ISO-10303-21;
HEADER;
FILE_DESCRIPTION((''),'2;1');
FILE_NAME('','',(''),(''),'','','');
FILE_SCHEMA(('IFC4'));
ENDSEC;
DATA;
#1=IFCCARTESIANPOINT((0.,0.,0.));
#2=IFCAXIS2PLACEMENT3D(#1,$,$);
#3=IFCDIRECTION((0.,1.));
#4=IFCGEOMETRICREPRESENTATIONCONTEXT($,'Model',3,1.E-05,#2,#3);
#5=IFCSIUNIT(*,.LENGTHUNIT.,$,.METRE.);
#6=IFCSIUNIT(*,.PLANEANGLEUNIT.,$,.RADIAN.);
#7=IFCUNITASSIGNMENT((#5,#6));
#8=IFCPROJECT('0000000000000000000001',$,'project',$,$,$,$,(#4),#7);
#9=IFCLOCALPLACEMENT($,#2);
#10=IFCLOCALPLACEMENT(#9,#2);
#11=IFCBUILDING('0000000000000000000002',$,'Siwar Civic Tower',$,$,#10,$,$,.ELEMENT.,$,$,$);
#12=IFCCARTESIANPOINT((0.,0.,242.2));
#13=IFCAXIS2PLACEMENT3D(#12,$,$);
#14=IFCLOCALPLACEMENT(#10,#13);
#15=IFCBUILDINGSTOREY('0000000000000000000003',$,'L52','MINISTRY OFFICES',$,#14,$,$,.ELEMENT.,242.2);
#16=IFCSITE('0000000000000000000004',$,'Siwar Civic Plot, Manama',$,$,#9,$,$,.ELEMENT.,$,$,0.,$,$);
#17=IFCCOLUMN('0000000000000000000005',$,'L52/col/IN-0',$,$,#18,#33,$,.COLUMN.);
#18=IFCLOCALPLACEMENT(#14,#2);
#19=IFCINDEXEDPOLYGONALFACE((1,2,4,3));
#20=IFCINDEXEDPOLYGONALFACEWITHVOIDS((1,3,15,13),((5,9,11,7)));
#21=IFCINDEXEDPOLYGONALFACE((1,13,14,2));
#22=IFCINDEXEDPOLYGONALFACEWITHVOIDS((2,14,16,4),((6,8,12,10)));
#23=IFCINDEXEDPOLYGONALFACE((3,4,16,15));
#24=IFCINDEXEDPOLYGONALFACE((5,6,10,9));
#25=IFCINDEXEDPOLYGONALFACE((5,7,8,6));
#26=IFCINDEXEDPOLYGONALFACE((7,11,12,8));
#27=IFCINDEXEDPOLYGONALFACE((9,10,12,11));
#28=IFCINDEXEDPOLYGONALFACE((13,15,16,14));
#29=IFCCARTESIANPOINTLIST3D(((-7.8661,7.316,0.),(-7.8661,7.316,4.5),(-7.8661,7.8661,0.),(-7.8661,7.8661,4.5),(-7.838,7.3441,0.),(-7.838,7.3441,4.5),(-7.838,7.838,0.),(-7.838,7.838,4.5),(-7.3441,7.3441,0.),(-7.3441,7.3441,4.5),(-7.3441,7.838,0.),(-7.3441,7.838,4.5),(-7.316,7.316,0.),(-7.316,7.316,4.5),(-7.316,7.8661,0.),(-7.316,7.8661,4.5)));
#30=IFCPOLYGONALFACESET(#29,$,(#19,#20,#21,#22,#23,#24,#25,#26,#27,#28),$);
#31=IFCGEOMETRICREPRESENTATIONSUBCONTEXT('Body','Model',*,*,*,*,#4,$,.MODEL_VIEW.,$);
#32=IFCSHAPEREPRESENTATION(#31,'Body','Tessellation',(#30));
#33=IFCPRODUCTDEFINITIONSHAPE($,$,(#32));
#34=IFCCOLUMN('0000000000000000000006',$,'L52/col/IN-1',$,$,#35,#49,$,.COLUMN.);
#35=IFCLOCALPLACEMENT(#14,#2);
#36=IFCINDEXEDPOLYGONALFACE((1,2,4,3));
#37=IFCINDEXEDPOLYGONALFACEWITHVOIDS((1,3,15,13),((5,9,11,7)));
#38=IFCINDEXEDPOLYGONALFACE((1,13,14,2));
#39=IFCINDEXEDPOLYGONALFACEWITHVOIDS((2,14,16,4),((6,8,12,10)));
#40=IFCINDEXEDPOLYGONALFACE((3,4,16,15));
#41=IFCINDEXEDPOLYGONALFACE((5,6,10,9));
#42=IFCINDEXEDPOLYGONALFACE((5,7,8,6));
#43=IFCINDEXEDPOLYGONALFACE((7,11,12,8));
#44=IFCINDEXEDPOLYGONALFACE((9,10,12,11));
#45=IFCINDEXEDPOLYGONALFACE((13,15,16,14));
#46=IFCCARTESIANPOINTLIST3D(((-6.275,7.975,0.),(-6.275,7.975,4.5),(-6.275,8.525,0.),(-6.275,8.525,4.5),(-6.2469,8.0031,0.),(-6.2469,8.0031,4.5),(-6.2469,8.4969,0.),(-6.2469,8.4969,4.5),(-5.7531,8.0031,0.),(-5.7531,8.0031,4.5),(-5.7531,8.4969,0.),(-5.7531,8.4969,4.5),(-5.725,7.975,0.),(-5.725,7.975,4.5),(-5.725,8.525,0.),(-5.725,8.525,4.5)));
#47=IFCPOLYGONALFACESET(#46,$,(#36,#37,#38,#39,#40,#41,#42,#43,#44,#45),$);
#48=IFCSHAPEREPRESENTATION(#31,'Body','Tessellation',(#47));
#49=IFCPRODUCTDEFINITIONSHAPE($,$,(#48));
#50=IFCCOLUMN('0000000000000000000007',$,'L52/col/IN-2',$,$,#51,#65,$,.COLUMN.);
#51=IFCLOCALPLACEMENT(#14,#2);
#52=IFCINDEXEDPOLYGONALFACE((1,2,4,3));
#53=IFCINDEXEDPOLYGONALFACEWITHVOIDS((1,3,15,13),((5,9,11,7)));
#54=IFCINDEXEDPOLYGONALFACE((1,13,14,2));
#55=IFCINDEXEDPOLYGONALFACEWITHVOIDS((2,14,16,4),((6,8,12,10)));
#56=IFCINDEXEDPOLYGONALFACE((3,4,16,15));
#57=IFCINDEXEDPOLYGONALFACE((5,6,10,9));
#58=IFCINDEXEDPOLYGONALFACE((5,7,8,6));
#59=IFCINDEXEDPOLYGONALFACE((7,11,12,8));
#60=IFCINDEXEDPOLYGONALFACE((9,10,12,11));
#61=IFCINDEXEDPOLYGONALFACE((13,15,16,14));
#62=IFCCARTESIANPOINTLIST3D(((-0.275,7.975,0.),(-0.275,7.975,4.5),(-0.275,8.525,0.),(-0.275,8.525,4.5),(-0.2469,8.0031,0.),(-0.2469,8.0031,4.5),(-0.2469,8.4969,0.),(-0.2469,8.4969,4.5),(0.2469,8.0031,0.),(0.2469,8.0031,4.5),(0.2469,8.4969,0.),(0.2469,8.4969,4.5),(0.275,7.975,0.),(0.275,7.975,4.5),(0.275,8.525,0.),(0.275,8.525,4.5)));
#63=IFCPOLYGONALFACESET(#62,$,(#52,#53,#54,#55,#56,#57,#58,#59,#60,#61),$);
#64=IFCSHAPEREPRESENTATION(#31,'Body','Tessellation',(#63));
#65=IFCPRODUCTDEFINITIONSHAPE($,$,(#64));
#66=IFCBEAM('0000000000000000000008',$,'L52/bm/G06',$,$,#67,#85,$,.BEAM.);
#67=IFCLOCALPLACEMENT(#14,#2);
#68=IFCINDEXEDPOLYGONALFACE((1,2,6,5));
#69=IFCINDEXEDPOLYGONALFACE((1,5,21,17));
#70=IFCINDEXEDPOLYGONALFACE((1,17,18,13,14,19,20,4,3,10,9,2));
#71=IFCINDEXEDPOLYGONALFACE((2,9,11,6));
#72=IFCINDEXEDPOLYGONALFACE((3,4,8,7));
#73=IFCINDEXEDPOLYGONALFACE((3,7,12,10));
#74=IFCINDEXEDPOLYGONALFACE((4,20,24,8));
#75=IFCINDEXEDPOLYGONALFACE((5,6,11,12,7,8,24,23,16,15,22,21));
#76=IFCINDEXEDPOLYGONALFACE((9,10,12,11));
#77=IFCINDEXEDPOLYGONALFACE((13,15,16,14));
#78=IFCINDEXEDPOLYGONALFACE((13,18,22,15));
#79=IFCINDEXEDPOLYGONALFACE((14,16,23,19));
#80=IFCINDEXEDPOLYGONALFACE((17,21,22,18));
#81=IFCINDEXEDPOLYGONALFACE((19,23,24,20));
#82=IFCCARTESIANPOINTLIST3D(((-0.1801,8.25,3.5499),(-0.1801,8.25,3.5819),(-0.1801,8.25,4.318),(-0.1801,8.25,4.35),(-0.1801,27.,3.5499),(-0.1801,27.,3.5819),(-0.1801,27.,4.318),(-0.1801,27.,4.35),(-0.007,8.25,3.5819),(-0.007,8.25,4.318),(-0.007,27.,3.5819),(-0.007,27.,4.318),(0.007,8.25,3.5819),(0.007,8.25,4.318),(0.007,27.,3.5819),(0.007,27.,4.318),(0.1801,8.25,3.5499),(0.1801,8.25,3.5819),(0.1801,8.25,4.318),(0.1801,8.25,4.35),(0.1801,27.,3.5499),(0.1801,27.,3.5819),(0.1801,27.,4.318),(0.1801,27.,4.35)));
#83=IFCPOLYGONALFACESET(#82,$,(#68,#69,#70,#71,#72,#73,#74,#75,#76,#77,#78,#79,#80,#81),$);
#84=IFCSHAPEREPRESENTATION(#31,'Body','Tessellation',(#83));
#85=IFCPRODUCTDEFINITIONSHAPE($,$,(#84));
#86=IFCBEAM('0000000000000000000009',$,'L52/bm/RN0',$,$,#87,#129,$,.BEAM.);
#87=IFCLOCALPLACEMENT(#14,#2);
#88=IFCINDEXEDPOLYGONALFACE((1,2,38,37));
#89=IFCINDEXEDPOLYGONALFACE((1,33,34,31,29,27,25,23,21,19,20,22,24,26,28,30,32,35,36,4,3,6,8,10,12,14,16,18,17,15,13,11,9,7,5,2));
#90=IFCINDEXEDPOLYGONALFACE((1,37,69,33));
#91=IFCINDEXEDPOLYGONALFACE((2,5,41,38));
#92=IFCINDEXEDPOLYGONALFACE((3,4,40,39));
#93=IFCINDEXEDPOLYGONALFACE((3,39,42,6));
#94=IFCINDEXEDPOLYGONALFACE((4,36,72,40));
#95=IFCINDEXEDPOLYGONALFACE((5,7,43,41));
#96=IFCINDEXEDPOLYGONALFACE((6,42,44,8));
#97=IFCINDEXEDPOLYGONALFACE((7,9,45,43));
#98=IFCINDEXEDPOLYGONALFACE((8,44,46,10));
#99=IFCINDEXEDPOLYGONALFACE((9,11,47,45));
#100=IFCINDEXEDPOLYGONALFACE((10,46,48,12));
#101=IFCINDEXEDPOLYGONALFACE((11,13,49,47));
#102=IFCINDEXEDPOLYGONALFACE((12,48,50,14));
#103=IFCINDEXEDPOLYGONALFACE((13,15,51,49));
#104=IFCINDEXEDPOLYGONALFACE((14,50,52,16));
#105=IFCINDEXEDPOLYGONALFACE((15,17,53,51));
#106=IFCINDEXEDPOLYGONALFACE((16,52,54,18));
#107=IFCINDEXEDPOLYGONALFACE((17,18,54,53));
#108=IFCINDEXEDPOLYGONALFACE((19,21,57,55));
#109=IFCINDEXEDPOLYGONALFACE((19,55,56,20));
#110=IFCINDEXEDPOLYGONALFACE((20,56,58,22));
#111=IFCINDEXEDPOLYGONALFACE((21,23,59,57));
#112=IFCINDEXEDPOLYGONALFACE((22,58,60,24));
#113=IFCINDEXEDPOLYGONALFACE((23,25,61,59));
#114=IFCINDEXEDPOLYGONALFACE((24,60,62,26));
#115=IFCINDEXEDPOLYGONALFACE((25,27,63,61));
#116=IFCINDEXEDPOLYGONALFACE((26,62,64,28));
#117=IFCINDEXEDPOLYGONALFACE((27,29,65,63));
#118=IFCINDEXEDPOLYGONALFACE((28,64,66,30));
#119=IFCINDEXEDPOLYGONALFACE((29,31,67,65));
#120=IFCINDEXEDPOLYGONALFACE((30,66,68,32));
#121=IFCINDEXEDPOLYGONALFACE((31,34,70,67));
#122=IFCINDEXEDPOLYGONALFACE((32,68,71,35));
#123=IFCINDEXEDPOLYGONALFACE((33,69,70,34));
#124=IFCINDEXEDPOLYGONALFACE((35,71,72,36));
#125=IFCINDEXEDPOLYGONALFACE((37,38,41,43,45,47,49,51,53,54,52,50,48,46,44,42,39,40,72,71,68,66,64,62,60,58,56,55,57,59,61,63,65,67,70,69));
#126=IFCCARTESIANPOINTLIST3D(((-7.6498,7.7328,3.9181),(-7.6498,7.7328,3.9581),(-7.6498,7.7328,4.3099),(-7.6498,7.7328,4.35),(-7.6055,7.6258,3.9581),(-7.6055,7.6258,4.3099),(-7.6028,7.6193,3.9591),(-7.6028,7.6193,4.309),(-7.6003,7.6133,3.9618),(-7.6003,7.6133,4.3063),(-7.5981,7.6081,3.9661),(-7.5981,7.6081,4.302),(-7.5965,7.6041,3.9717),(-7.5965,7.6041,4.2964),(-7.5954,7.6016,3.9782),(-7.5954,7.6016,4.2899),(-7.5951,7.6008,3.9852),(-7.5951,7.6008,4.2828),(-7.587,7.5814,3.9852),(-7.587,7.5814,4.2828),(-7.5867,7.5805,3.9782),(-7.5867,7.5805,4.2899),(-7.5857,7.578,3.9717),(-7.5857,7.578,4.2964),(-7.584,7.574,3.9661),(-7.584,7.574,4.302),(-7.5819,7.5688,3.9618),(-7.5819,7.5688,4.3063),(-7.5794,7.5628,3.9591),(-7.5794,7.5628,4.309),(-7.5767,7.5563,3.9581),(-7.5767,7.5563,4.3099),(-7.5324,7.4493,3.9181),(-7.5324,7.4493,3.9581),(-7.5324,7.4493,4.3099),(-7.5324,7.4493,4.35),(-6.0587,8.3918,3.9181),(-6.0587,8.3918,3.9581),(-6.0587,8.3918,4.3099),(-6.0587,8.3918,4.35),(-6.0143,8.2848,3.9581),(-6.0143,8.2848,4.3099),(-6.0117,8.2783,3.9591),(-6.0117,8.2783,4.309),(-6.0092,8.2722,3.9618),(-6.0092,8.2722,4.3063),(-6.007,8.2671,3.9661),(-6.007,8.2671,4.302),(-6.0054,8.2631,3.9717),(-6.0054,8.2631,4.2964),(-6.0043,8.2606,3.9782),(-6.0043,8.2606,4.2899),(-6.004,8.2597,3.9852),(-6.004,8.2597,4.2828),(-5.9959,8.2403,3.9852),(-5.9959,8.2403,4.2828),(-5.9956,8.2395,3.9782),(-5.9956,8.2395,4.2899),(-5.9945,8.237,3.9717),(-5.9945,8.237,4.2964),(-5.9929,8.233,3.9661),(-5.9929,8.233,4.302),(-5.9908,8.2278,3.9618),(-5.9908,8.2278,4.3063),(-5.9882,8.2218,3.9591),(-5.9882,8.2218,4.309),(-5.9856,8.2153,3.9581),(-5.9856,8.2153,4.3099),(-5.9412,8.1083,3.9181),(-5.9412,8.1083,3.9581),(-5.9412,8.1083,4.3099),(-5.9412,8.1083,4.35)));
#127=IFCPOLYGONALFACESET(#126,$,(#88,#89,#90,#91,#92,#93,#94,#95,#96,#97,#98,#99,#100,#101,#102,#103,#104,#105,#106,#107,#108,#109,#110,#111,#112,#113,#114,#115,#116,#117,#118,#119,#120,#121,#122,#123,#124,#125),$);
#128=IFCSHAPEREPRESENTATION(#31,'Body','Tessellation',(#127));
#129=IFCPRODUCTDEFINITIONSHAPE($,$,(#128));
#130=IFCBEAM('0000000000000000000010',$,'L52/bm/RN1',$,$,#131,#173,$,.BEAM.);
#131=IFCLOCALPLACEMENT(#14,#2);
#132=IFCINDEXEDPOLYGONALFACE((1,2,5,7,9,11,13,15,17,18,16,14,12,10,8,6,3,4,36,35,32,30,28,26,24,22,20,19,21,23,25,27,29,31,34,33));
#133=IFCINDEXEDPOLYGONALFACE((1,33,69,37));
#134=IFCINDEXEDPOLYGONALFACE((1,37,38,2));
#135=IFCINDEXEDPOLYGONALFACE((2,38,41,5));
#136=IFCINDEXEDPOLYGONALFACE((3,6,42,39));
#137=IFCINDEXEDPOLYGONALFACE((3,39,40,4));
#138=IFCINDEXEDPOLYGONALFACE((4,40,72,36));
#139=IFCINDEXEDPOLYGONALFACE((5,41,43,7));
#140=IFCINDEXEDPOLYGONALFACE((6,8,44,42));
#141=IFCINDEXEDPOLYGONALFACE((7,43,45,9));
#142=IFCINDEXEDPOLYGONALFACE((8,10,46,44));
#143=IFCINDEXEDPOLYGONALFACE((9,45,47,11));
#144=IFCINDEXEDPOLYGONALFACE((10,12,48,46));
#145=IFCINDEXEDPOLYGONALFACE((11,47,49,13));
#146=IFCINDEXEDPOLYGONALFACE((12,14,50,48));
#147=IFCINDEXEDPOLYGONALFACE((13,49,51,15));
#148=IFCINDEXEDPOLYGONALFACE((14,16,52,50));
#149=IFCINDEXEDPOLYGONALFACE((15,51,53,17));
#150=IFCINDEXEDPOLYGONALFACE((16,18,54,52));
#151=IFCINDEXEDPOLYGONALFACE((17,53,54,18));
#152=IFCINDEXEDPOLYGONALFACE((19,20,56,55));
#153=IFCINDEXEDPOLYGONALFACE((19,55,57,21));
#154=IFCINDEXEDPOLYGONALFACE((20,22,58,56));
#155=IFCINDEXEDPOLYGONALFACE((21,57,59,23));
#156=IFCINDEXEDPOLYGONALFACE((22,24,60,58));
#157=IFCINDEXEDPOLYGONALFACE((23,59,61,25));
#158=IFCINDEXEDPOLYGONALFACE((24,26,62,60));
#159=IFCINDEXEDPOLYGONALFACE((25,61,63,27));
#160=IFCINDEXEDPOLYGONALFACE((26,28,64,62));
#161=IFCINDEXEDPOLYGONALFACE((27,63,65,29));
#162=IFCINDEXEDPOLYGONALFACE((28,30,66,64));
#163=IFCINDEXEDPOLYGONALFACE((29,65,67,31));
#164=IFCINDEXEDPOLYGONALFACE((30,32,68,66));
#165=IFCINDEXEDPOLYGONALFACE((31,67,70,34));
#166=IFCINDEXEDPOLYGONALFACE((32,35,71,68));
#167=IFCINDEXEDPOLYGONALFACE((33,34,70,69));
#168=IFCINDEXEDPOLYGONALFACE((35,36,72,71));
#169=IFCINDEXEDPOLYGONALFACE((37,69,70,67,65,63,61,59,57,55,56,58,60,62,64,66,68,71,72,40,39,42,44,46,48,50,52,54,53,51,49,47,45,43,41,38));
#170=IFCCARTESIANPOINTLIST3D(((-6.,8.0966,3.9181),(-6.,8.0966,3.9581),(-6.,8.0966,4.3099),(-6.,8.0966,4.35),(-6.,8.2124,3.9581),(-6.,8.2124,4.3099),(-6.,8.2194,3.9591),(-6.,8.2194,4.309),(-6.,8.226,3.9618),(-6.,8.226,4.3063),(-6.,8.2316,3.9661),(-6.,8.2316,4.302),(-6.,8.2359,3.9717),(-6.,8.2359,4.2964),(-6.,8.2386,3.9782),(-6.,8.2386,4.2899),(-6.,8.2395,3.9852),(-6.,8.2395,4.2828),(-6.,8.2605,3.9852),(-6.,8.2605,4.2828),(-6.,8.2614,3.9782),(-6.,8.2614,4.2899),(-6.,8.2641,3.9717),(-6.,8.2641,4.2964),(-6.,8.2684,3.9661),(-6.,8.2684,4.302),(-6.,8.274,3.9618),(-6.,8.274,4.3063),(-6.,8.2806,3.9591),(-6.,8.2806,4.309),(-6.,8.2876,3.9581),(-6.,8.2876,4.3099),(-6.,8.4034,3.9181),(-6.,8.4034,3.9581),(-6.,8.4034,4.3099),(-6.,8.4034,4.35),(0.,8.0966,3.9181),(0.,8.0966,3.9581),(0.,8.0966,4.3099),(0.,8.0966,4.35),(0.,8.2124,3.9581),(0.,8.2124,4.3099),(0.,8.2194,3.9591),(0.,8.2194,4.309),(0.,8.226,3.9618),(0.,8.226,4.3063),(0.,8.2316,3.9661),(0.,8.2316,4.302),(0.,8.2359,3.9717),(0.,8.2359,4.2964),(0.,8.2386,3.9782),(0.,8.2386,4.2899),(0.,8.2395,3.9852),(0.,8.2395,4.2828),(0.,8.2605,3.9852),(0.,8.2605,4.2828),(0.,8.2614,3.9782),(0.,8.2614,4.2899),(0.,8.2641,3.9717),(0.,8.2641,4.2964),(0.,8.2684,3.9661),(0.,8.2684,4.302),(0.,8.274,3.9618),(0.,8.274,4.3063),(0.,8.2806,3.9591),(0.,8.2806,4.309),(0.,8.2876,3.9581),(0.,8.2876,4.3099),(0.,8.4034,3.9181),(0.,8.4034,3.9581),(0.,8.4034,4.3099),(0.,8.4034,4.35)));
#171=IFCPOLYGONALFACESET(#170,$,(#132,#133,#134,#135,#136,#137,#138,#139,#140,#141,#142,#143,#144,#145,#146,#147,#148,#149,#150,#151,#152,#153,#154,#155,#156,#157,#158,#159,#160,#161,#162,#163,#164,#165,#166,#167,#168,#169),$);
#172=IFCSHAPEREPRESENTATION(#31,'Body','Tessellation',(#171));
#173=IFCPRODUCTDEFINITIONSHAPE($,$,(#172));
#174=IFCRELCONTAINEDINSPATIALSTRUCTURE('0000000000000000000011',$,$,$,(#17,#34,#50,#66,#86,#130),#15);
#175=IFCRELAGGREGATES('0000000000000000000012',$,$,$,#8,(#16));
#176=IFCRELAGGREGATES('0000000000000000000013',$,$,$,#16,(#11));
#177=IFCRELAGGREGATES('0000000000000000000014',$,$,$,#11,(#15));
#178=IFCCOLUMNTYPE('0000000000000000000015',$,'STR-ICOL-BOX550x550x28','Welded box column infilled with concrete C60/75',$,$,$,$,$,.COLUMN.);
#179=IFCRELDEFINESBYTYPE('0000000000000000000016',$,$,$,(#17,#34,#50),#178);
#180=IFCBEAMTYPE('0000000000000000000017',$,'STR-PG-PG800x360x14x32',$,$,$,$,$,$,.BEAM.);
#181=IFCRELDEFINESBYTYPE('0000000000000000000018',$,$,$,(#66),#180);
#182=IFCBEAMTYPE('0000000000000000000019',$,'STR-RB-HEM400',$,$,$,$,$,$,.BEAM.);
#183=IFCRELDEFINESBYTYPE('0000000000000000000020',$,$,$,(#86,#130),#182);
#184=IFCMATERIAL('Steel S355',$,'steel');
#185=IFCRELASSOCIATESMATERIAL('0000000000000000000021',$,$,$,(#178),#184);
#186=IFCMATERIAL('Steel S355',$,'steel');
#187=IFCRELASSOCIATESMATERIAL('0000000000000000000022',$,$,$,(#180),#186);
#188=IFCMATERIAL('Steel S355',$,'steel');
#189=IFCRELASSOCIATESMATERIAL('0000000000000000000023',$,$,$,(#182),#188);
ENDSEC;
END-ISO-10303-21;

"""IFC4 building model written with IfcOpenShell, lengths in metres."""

from ifc_helpers import new_model, si_unit, direction, frame, origin, origin_2d, place, context, subcontext, project, spatial, hollow_rectangle, i_section, extrude, material, material_profile, profile_set, type_object, element, save


model = new_model("IFC4")

# Units and contexts
model_context = context("Model", 3, precision=1e-05, world=origin(), true_north=direction((0.0, 1.0)))
body_context = subcontext(model_context, "Body", "Model", "MODEL_VIEW")
ifc_project = project(units=[si_unit("LENGTHUNIT", "METRE"), si_unit("PLANEANGLEUNIT", "RADIAN")], contexts=[model_context])

# Site, building, storey
site_placement = place(None, origin())
site = spatial("IfcSite", under=ifc_project, at=site_placement, Name="Siwar Civic Plot, Manama", CompositionType="ELEMENT", RefElevation=0.0)
building_placement = place(site_placement, origin())
building = spatial("IfcBuilding", under=site, at=building_placement, Name="Siwar Civic Tower", CompositionType="ELEMENT")
storey_placement = place(building_placement, frame((0.0, 0.0, 242.2)))
storey = spatial("IfcBuildingStorey", under=building, at=storey_placement, Name="L52", Description="MINISTRY OFFICES", CompositionType="ELEMENT", Elevation=242.2)

# Columns
ifc_material_1 = material(Name="Steel S355", Category="steel")
ifc_material_profile_1 = material_profile(ifc_material_1, hollow_rectangle(XDim=0.55, YDim=0.55, WallThickness=0.0281, at=origin_2d()), Name="BOX550x550x28")
ifc_profile_set_1 = profile_set([ifc_material_profile_1], Name="Steel S355")
column_type = type_object("IfcColumnType", Name="STR-ICOL-BOX550x550x28", Description="Welded box column infilled with concrete C60/75", PredefinedType="COLUMN", material=ifc_profile_set_1)
for number, where, z_axis, x_axis, name in (
    (1, (-7.5911, 7.5911, 0.0), (0.0, 0.0, 1.0), (1.0, 0.0, 0.0), "L52/col/IN-0"),
    (2, (-6.0, 8.25, 0.0), (0.0, 0.0, 1.0), (1.0, 0.0, 0.0), "L52/col/IN-1"),
    (3, (0.0, 8.25, 0.0), (0.0, 0.0, 1.0), (1.0, 0.0, 0.0), "L52/col/IN-2"),
):
    element("IfcColumn", number, at=place(storey_placement, frame(where, z_axis=z_axis, x_axis=x_axis)), inside=storey, type_object=column_type, Name=name, PredefinedType="COLUMN", context=body_context, shape_type="SweptSolid", body=[
        extrude(hollow_rectangle(XDim=0.55, YDim=0.55, WallThickness=0.0281, at=origin_2d()), origin(), (0.0, 0.0, 1.0), 4.5),
    ])

# Beams
ifc_material_2 = material(Name="Steel S355", Category="steel")
ifc_material_profile_2 = material_profile(ifc_material_2, i_section(OverallWidth=0.3601, OverallDepth=0.8, WebThickness=0.0139, FlangeThickness=0.032, at=origin_2d()), Name="PG800x360x14x32")
ifc_profile_set_2 = profile_set([ifc_material_profile_2], Name="Steel S355")
beam_type_1 = type_object("IfcBeamType", Name="STR-PG-PG800x360x14x32", PredefinedType="BEAM", material=ifc_profile_set_2)
beam_1_placement = place(storey_placement, frame((0.0, 8.25, 3.95), z_axis=(0.0, 1.0, 0.0), x_axis=(-1.0, 0.0, 0.0)))
element("IfcBeam", 4, at=beam_1_placement, inside=storey, type_object=beam_type_1, Name="L52/bm/G06", PredefinedType="BEAM", context=body_context, shape_type="SweptSolid", body=[
    extrude(i_section(OverallWidth=0.3601, OverallDepth=0.8, WebThickness=0.0139, FlangeThickness=0.032, at=origin_2d()), origin(), (0.0, 0.0, 1.0), 18.75),
])
ifc_material_3 = material(Name="Steel S355", Category="steel")
ifc_material_profile_3 = material_profile(ifc_material_3, i_section(OverallWidth=0.3069, OverallDepth=0.4319, WebThickness=0.021, FlangeThickness=0.04, FilletRadius=0.0271, at=origin_2d()), Name="HEM400")
ifc_profile_set_3 = profile_set([ifc_material_profile_3], Name="Steel S355")
beam_type_2 = type_object("IfcBeamType", Name="STR-RB-HEM400", PredefinedType="BEAM", material=ifc_profile_set_3)
beam_2_placement = place(storey_placement, frame((-7.5911, 7.5911, 4.134), z_axis=(0.923901, 0.382631, 0.0), x_axis=(-0.382631, 0.923901, 0.0)))
element("IfcBeam", 5, at=beam_2_placement, inside=storey, type_object=beam_type_2, Name="L52/bm/RN0", PredefinedType="BEAM", context=body_context, shape_type="SweptSolid", body=[
    extrude(i_section(OverallWidth=0.3069, OverallDepth=0.4319, WebThickness=0.021, FlangeThickness=0.04, FilletRadius=0.0271, at=origin_2d()), origin(), (0.0, 0.0, 1.0), 1.7222),
])
for number, where, z_axis, x_axis, name in (
    (6, (-6.0, 8.25, 4.134), (1.0, 0.0, 0.0), (0.0, 1.0, 0.0), "L52/bm/RN1"),
):
    element("IfcBeam", number, at=place(storey_placement, frame(where, z_axis=z_axis, x_axis=x_axis)), inside=storey, type_object=beam_type_2, Name=name, PredefinedType="BEAM", context=body_context, shape_type="SweptSolid", body=[
        extrude(i_section(OverallWidth=0.3069, OverallDepth=0.4319, WebThickness=0.021, FlangeThickness=0.04, FilletRadius=0.0271, at=origin_2d()), origin(), (0.0, 0.0, 1.0), 6.0),
    ])

save(model, "model.ifc")
